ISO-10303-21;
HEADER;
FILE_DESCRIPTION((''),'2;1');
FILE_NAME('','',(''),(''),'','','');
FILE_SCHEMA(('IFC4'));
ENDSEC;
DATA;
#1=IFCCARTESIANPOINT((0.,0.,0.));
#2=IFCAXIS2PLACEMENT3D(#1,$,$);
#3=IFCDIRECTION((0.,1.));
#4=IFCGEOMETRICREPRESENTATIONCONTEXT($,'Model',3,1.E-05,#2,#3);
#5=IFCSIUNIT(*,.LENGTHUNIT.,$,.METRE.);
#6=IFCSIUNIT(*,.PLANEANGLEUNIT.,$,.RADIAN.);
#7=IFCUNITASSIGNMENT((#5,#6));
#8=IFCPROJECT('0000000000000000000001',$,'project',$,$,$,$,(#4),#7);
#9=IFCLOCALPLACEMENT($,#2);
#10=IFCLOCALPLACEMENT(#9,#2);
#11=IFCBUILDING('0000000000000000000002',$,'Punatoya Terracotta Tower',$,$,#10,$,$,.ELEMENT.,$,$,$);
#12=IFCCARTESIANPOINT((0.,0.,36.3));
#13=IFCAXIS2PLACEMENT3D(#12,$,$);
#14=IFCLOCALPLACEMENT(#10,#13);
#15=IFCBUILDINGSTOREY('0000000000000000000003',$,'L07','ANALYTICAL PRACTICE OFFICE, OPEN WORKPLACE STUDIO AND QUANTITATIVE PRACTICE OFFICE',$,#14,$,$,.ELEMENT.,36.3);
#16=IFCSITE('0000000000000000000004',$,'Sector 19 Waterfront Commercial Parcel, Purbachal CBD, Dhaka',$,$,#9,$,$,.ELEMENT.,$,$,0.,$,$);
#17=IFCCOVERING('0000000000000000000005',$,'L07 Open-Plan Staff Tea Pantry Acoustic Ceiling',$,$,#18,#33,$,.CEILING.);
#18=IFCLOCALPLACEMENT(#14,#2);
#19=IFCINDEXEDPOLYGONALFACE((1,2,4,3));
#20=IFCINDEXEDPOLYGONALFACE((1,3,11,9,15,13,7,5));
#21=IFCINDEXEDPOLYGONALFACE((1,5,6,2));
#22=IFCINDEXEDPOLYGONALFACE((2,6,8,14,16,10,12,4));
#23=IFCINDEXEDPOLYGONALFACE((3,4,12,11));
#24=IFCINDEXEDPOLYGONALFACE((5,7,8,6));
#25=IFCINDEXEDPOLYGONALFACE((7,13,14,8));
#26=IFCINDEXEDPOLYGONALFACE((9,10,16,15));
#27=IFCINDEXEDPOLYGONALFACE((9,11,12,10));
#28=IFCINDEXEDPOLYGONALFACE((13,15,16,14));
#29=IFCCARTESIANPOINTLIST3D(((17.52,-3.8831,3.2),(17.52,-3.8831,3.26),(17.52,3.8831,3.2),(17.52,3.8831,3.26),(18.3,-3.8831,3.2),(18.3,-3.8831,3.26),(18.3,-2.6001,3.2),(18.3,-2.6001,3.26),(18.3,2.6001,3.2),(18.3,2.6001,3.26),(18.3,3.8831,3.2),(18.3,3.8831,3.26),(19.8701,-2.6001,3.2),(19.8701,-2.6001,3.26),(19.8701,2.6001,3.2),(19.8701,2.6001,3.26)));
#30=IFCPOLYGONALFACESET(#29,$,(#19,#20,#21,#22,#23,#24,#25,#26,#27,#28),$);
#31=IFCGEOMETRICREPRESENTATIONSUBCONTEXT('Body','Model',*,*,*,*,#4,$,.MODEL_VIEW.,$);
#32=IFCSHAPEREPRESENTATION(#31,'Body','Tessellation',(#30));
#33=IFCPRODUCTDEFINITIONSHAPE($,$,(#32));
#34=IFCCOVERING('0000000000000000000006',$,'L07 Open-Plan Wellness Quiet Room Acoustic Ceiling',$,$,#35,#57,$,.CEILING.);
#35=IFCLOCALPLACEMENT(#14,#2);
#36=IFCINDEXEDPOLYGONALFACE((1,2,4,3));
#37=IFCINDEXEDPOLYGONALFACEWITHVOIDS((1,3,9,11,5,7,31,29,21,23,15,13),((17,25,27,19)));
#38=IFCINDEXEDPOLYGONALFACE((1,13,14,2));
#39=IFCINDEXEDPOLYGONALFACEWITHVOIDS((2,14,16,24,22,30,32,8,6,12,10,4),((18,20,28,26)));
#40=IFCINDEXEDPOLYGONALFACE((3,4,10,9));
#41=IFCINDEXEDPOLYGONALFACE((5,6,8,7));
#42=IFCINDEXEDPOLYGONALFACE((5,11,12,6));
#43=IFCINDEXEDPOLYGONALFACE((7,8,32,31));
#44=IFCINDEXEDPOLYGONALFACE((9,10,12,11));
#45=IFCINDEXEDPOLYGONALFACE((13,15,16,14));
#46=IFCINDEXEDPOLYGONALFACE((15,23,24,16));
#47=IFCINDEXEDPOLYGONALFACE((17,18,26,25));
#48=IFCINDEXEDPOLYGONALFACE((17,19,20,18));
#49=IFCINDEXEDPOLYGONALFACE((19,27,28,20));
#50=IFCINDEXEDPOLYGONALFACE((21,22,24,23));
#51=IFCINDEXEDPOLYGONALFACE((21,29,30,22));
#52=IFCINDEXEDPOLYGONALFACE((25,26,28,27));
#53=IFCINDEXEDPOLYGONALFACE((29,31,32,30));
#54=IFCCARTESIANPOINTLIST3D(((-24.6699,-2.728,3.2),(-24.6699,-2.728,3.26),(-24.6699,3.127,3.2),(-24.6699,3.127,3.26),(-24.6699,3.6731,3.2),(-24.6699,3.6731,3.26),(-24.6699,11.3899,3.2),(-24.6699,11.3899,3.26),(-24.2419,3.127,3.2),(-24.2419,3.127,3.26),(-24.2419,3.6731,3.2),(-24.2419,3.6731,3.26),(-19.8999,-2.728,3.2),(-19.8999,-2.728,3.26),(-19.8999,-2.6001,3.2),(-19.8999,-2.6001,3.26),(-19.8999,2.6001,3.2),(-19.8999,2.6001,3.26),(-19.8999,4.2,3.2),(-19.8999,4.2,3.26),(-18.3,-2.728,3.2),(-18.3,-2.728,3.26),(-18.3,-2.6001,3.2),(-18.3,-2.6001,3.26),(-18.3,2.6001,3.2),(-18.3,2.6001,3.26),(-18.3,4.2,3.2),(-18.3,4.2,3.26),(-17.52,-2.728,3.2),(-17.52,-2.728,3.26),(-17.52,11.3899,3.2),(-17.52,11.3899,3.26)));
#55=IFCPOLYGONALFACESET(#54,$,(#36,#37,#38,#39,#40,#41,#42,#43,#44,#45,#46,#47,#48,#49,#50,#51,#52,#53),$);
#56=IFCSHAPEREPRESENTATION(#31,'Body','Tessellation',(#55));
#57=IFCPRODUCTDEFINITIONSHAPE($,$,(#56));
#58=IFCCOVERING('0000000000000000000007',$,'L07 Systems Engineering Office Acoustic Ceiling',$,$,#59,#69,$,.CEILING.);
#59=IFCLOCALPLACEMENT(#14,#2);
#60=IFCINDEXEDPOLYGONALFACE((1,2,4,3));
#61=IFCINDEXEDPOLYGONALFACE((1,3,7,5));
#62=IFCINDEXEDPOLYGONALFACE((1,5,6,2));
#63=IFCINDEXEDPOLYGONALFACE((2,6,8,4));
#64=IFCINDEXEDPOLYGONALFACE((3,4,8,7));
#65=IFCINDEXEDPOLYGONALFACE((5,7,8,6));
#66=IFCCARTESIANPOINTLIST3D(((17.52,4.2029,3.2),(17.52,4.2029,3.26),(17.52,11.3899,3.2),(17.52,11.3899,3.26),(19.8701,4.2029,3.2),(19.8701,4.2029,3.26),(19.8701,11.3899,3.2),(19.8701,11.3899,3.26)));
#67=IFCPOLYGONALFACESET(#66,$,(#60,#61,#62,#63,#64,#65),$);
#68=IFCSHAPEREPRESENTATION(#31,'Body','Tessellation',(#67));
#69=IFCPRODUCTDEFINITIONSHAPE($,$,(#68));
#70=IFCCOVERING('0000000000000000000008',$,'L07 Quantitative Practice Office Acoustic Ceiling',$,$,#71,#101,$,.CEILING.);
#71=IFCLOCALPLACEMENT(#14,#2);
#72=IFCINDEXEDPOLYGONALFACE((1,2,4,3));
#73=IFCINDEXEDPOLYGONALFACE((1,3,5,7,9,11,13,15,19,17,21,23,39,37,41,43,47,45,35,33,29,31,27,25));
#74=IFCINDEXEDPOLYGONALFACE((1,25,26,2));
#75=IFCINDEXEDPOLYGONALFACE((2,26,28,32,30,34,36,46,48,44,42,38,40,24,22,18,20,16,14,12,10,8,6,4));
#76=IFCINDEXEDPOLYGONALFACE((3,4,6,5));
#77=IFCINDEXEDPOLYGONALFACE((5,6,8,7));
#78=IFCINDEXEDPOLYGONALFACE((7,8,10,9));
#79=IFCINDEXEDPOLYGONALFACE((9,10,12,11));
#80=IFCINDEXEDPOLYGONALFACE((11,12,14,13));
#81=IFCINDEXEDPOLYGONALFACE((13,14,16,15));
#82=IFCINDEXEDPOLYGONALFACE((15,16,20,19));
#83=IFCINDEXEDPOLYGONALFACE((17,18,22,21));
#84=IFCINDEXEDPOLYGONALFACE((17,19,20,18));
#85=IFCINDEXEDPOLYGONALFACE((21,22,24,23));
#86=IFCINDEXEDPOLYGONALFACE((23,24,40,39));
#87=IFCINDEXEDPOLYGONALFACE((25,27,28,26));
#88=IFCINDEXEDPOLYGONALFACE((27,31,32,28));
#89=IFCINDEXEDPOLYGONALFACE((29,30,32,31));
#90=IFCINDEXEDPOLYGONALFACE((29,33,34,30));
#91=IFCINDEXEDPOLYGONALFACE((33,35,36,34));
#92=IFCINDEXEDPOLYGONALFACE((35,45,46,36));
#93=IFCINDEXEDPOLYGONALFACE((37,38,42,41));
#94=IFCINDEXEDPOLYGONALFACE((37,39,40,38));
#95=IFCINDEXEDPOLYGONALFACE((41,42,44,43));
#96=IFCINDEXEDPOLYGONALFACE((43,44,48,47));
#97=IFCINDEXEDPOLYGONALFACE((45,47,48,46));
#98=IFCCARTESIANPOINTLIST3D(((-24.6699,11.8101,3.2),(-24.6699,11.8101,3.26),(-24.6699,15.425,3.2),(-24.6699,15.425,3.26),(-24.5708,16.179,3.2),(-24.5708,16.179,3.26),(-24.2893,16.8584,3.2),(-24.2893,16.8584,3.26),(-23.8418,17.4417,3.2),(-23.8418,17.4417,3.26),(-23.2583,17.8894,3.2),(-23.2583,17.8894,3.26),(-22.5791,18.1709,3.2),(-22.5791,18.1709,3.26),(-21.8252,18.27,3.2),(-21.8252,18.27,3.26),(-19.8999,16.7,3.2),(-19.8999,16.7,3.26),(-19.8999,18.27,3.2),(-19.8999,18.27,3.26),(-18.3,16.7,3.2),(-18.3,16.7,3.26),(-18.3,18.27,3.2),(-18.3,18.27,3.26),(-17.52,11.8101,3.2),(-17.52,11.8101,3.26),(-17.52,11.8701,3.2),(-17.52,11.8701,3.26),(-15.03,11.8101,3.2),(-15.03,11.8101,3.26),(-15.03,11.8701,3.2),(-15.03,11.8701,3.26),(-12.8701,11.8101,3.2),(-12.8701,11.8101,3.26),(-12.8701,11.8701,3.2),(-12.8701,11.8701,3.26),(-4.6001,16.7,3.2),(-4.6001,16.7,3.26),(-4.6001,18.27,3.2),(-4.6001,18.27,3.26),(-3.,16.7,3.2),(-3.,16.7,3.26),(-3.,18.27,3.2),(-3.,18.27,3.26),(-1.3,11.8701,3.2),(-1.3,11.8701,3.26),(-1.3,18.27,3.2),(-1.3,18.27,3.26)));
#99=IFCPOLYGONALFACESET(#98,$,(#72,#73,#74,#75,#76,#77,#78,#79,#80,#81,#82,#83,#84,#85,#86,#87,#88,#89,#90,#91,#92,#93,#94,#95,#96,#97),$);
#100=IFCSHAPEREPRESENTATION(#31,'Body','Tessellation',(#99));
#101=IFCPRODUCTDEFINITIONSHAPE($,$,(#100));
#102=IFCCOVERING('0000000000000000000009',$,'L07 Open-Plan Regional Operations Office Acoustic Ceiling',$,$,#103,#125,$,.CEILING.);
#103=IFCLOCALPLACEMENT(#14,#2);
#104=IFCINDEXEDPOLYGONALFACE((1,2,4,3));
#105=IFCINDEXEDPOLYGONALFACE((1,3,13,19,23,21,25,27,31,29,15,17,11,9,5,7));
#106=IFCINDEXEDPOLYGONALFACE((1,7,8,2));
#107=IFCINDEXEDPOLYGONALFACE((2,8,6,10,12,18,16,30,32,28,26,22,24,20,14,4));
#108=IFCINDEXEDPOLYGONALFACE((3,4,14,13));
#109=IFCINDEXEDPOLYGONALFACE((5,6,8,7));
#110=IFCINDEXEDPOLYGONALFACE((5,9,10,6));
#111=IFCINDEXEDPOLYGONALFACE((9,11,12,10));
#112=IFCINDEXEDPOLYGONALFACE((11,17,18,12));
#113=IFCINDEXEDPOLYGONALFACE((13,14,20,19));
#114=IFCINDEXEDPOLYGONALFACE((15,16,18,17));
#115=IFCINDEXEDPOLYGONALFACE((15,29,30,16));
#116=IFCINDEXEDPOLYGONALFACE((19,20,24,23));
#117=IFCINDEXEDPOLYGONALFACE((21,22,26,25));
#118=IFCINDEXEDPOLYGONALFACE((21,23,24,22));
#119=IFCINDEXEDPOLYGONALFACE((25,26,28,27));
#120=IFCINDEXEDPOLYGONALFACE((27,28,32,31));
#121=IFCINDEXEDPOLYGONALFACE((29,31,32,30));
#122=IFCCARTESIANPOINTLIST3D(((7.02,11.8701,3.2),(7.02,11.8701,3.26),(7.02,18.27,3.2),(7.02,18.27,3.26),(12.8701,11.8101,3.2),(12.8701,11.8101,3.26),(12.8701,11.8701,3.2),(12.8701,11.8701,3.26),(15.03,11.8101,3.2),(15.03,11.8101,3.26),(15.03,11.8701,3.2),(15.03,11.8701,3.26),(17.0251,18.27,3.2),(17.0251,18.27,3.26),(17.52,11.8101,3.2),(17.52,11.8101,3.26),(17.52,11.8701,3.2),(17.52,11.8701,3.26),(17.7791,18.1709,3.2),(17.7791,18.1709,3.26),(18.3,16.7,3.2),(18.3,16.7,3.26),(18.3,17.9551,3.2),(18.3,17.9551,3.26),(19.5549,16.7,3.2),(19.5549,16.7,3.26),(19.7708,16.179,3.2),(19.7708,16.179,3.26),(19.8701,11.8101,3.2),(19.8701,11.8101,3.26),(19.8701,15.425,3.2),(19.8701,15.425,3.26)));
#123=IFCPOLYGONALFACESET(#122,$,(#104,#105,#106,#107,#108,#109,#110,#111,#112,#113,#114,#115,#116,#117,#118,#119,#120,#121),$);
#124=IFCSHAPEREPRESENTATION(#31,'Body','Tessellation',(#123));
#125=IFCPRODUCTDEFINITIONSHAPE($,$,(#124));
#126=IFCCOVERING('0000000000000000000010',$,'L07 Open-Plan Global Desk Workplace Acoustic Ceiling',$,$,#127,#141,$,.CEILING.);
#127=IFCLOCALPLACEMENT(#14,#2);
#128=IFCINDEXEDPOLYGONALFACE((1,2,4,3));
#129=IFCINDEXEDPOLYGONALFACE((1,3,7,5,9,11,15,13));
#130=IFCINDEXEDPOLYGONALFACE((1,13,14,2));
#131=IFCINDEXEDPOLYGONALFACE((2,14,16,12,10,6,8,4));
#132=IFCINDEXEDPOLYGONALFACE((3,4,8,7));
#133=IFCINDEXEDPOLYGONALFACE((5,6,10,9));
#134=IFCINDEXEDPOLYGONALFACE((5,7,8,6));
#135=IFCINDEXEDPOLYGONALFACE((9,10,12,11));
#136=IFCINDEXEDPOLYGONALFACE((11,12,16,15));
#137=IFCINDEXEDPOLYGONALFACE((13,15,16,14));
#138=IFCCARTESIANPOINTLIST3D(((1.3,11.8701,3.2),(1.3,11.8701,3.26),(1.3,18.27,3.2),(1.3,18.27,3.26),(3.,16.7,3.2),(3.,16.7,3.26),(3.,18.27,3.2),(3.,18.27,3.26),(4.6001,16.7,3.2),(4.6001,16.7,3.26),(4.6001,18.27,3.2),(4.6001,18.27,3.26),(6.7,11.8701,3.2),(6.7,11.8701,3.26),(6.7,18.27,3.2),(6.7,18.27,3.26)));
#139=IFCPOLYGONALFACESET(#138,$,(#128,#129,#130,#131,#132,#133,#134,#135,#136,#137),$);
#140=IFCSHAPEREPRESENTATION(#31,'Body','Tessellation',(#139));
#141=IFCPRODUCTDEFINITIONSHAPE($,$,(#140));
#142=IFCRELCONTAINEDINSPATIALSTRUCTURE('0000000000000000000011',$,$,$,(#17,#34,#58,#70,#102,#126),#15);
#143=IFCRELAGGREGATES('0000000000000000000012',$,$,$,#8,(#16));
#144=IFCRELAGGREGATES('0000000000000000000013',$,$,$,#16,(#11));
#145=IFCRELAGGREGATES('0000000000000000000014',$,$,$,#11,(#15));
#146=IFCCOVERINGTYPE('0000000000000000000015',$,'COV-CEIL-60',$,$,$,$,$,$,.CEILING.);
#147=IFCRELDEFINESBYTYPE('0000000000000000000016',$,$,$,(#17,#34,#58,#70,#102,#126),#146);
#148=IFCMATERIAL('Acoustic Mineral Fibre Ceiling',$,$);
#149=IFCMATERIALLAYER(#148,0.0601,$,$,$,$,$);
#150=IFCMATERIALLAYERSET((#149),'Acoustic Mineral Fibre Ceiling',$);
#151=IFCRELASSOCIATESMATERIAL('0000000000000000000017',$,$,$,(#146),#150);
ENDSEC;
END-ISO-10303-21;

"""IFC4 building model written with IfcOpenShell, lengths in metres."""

from ifc_helpers import new_model, si_unit, direction, frame, origin, place, context, subcontext, project, spatial, polyline, outline, extrude, material, layer, layer_set, type_object, element, save


model = new_model("IFC4")

# Units and contexts
model_context = context("Model", 3, precision=1e-05, world=origin(), true_north=direction((0.0, 1.0)))
body_context = subcontext(model_context, "Body", "Model", "MODEL_VIEW")
ifc_project = project(units=[si_unit("LENGTHUNIT", "METRE"), si_unit("PLANEANGLEUNIT", "RADIAN")], contexts=[model_context])

# Site, building, storey
site_placement = place(None, origin())
site = spatial("IfcSite", under=ifc_project, at=site_placement, Name="Sector 19 Waterfront Commercial Parcel, Purbachal CBD, Dhaka", CompositionType="ELEMENT", RefElevation=0.0)
building_placement = place(site_placement, origin())
building = spatial("IfcBuilding", under=site, at=building_placement, Name="Punatoya Terracotta Tower", CompositionType="ELEMENT")
storey_placement = place(building_placement, frame((0.0, 0.0, 36.3)))
storey = spatial("IfcBuildingStorey", under=building, at=storey_placement, Name="L07", Description="ANALYTICAL PRACTICE OFFICE, OPEN WORKPLACE STUDIO AND QUANTITATIVE PRACTICE OFFICE", CompositionType="ELEMENT", Elevation=36.3)

# Coverings
ifc_material_1 = material(Name="Acoustic Mineral Fibre Ceiling")
ifc_layer_1 = layer(ifc_material_1, 0.0601)
ifc_layer_set_1 = layer_set([ifc_layer_1], Name="Acoustic Mineral Fibre Ceiling")
covering_type = type_object("IfcCoveringType", Name="COV-CEIL-60", PredefinedType="CEILING", material=ifc_layer_set_1)
covering_1_placement = place(storey_placement, frame((0.0, 0.0, 3.2)))
element("IfcCovering", 1, at=covering_1_placement, inside=storey, type_object=covering_type, Name="L07 Open-Plan Staff Tea Pantry Acoustic Ceiling", PredefinedType="CEILING", context=body_context, shape_type="SweptSolid", body=[
    extrude(outline(polyline([(18.3, 2.6001), (18.3, 3.8831), (17.52, 3.8831), (17.52, -3.8831), (18.3, -3.8831), (18.3, -2.6001), (19.8701, -2.6001), (19.8701, 2.6001), (18.3, 2.6001)])), origin(), (0.0, 0.0, 1.0), 0.0601),
])
covering_2_placement = place(storey_placement, frame((0.0, 0.0, 3.2)))
element("IfcCovering", 2, at=covering_2_placement, inside=storey, type_object=covering_type, Name="L07 Open-Plan Wellness Quiet Room Acoustic Ceiling", PredefinedType="CEILING", context=body_context, shape_type="SweptSolid", body=[
    extrude(outline(polyline([(-17.52, -2.728), (-17.52, 11.3899), (-24.6699, 11.3899), (-24.6699, 3.6731), (-24.2419, 3.6731), (-24.2419, 3.127), (-24.6699, 3.127), (-24.6699, -2.728), (-19.8999, -2.728), (-19.8999, -2.6001), (-18.3, -2.6001), (-18.3, -2.728), (-17.52, -2.728)]), holes=[polyline([(-18.3, 4.2), (-18.3, 2.6001), (-19.8999, 2.6001), (-19.8999, 4.2), (-18.3, 4.2)])]), origin(), (0.0, 0.0, 1.0), 0.0601),
])
covering_3_placement = place(storey_placement, frame((0.0, 0.0, 3.2)))
element("IfcCovering", 3, at=covering_3_placement, inside=storey, type_object=covering_type, Name="L07 Systems Engineering Office Acoustic Ceiling", PredefinedType="CEILING", context=body_context, shape_type="SweptSolid", body=[
    extrude(outline(polyline([(17.52, 11.3899), (17.52, 4.2029), (19.8701, 4.2029), (19.8701, 11.3899), (17.52, 11.3899)])), origin(), (0.0, 0.0, 1.0), 0.0601),
])
covering_4_placement = place(storey_placement, frame((0.0, 0.0, 3.2)))
element("IfcCovering", 4, at=covering_4_placement, inside=storey, type_object=covering_type, Name="L07 Quantitative Practice Office Acoustic Ceiling", PredefinedType="CEILING", context=body_context, shape_type="SweptSolid", body=[
    extrude(outline(polyline([(-21.8252, 18.27), (-22.5791, 18.1709), (-23.2583, 17.8894), (-23.8418, 17.4417), (-24.2893, 16.8584), (-24.5708, 16.179), (-24.6699, 15.425), (-24.6699, 11.8101), (-17.52, 11.8101), (-17.52, 11.8701), (-15.03, 11.8701), (-15.03, 11.8101), (-12.8701, 11.8101), (-12.8701, 11.8701), (-1.3, 11.8701), (-1.3, 18.27), (-3.0, 18.27), (-3.0, 16.7), (-4.6001, 16.7), (-4.6001, 18.27), (-18.3, 18.27), (-18.3, 16.7), (-19.8999, 16.7), (-19.8999, 18.27), (-21.8252, 18.27)])), origin(), (0.0, 0.0, 1.0), 0.0601),
])
covering_5_placement = place(storey_placement, frame((0.0, 0.0, 3.2)))
element("IfcCovering", 5, at=covering_5_placement, inside=storey, type_object=covering_type, Name="L07 Open-Plan Regional Operations Office Acoustic Ceiling", PredefinedType="CEILING", context=body_context, shape_type="SweptSolid", body=[
    extrude(outline(polyline([(12.8701, 11.8101), (15.03, 11.8101), (15.03, 11.8701), (17.52, 11.8701), (17.52, 11.8101), (19.8701, 11.8101), (19.8701, 15.425), (19.7708, 16.179), (19.5549, 16.7), (18.3, 16.7), (18.3, 17.9551), (17.7791, 18.1709), (17.0251, 18.27), (7.02, 18.27), (7.02, 11.8701), (12.8701, 11.8701), (12.8701, 11.8101)])), origin(), (0.0, 0.0, 1.0), 0.0601),
])
covering_6_placement = place(storey_placement, frame((0.0, 0.0, 3.2)))
element("IfcCovering", 6, at=covering_6_placement, inside=storey, type_object=covering_type, Name="L07 Open-Plan Global Desk Workplace Acoustic Ceiling", PredefinedType="CEILING", context=body_context, shape_type="SweptSolid", body=[
    extrude(outline(polyline([(4.6001, 16.7), (3.0, 16.7), (3.0, 18.27), (1.3, 18.27), (1.3, 11.8701), (6.7, 11.8701), (6.7, 18.27), (4.6001, 18.27), (4.6001, 16.7)])), origin(), (0.0, 0.0, 1.0), 0.0601),
])

save(model, "model.ifc")
